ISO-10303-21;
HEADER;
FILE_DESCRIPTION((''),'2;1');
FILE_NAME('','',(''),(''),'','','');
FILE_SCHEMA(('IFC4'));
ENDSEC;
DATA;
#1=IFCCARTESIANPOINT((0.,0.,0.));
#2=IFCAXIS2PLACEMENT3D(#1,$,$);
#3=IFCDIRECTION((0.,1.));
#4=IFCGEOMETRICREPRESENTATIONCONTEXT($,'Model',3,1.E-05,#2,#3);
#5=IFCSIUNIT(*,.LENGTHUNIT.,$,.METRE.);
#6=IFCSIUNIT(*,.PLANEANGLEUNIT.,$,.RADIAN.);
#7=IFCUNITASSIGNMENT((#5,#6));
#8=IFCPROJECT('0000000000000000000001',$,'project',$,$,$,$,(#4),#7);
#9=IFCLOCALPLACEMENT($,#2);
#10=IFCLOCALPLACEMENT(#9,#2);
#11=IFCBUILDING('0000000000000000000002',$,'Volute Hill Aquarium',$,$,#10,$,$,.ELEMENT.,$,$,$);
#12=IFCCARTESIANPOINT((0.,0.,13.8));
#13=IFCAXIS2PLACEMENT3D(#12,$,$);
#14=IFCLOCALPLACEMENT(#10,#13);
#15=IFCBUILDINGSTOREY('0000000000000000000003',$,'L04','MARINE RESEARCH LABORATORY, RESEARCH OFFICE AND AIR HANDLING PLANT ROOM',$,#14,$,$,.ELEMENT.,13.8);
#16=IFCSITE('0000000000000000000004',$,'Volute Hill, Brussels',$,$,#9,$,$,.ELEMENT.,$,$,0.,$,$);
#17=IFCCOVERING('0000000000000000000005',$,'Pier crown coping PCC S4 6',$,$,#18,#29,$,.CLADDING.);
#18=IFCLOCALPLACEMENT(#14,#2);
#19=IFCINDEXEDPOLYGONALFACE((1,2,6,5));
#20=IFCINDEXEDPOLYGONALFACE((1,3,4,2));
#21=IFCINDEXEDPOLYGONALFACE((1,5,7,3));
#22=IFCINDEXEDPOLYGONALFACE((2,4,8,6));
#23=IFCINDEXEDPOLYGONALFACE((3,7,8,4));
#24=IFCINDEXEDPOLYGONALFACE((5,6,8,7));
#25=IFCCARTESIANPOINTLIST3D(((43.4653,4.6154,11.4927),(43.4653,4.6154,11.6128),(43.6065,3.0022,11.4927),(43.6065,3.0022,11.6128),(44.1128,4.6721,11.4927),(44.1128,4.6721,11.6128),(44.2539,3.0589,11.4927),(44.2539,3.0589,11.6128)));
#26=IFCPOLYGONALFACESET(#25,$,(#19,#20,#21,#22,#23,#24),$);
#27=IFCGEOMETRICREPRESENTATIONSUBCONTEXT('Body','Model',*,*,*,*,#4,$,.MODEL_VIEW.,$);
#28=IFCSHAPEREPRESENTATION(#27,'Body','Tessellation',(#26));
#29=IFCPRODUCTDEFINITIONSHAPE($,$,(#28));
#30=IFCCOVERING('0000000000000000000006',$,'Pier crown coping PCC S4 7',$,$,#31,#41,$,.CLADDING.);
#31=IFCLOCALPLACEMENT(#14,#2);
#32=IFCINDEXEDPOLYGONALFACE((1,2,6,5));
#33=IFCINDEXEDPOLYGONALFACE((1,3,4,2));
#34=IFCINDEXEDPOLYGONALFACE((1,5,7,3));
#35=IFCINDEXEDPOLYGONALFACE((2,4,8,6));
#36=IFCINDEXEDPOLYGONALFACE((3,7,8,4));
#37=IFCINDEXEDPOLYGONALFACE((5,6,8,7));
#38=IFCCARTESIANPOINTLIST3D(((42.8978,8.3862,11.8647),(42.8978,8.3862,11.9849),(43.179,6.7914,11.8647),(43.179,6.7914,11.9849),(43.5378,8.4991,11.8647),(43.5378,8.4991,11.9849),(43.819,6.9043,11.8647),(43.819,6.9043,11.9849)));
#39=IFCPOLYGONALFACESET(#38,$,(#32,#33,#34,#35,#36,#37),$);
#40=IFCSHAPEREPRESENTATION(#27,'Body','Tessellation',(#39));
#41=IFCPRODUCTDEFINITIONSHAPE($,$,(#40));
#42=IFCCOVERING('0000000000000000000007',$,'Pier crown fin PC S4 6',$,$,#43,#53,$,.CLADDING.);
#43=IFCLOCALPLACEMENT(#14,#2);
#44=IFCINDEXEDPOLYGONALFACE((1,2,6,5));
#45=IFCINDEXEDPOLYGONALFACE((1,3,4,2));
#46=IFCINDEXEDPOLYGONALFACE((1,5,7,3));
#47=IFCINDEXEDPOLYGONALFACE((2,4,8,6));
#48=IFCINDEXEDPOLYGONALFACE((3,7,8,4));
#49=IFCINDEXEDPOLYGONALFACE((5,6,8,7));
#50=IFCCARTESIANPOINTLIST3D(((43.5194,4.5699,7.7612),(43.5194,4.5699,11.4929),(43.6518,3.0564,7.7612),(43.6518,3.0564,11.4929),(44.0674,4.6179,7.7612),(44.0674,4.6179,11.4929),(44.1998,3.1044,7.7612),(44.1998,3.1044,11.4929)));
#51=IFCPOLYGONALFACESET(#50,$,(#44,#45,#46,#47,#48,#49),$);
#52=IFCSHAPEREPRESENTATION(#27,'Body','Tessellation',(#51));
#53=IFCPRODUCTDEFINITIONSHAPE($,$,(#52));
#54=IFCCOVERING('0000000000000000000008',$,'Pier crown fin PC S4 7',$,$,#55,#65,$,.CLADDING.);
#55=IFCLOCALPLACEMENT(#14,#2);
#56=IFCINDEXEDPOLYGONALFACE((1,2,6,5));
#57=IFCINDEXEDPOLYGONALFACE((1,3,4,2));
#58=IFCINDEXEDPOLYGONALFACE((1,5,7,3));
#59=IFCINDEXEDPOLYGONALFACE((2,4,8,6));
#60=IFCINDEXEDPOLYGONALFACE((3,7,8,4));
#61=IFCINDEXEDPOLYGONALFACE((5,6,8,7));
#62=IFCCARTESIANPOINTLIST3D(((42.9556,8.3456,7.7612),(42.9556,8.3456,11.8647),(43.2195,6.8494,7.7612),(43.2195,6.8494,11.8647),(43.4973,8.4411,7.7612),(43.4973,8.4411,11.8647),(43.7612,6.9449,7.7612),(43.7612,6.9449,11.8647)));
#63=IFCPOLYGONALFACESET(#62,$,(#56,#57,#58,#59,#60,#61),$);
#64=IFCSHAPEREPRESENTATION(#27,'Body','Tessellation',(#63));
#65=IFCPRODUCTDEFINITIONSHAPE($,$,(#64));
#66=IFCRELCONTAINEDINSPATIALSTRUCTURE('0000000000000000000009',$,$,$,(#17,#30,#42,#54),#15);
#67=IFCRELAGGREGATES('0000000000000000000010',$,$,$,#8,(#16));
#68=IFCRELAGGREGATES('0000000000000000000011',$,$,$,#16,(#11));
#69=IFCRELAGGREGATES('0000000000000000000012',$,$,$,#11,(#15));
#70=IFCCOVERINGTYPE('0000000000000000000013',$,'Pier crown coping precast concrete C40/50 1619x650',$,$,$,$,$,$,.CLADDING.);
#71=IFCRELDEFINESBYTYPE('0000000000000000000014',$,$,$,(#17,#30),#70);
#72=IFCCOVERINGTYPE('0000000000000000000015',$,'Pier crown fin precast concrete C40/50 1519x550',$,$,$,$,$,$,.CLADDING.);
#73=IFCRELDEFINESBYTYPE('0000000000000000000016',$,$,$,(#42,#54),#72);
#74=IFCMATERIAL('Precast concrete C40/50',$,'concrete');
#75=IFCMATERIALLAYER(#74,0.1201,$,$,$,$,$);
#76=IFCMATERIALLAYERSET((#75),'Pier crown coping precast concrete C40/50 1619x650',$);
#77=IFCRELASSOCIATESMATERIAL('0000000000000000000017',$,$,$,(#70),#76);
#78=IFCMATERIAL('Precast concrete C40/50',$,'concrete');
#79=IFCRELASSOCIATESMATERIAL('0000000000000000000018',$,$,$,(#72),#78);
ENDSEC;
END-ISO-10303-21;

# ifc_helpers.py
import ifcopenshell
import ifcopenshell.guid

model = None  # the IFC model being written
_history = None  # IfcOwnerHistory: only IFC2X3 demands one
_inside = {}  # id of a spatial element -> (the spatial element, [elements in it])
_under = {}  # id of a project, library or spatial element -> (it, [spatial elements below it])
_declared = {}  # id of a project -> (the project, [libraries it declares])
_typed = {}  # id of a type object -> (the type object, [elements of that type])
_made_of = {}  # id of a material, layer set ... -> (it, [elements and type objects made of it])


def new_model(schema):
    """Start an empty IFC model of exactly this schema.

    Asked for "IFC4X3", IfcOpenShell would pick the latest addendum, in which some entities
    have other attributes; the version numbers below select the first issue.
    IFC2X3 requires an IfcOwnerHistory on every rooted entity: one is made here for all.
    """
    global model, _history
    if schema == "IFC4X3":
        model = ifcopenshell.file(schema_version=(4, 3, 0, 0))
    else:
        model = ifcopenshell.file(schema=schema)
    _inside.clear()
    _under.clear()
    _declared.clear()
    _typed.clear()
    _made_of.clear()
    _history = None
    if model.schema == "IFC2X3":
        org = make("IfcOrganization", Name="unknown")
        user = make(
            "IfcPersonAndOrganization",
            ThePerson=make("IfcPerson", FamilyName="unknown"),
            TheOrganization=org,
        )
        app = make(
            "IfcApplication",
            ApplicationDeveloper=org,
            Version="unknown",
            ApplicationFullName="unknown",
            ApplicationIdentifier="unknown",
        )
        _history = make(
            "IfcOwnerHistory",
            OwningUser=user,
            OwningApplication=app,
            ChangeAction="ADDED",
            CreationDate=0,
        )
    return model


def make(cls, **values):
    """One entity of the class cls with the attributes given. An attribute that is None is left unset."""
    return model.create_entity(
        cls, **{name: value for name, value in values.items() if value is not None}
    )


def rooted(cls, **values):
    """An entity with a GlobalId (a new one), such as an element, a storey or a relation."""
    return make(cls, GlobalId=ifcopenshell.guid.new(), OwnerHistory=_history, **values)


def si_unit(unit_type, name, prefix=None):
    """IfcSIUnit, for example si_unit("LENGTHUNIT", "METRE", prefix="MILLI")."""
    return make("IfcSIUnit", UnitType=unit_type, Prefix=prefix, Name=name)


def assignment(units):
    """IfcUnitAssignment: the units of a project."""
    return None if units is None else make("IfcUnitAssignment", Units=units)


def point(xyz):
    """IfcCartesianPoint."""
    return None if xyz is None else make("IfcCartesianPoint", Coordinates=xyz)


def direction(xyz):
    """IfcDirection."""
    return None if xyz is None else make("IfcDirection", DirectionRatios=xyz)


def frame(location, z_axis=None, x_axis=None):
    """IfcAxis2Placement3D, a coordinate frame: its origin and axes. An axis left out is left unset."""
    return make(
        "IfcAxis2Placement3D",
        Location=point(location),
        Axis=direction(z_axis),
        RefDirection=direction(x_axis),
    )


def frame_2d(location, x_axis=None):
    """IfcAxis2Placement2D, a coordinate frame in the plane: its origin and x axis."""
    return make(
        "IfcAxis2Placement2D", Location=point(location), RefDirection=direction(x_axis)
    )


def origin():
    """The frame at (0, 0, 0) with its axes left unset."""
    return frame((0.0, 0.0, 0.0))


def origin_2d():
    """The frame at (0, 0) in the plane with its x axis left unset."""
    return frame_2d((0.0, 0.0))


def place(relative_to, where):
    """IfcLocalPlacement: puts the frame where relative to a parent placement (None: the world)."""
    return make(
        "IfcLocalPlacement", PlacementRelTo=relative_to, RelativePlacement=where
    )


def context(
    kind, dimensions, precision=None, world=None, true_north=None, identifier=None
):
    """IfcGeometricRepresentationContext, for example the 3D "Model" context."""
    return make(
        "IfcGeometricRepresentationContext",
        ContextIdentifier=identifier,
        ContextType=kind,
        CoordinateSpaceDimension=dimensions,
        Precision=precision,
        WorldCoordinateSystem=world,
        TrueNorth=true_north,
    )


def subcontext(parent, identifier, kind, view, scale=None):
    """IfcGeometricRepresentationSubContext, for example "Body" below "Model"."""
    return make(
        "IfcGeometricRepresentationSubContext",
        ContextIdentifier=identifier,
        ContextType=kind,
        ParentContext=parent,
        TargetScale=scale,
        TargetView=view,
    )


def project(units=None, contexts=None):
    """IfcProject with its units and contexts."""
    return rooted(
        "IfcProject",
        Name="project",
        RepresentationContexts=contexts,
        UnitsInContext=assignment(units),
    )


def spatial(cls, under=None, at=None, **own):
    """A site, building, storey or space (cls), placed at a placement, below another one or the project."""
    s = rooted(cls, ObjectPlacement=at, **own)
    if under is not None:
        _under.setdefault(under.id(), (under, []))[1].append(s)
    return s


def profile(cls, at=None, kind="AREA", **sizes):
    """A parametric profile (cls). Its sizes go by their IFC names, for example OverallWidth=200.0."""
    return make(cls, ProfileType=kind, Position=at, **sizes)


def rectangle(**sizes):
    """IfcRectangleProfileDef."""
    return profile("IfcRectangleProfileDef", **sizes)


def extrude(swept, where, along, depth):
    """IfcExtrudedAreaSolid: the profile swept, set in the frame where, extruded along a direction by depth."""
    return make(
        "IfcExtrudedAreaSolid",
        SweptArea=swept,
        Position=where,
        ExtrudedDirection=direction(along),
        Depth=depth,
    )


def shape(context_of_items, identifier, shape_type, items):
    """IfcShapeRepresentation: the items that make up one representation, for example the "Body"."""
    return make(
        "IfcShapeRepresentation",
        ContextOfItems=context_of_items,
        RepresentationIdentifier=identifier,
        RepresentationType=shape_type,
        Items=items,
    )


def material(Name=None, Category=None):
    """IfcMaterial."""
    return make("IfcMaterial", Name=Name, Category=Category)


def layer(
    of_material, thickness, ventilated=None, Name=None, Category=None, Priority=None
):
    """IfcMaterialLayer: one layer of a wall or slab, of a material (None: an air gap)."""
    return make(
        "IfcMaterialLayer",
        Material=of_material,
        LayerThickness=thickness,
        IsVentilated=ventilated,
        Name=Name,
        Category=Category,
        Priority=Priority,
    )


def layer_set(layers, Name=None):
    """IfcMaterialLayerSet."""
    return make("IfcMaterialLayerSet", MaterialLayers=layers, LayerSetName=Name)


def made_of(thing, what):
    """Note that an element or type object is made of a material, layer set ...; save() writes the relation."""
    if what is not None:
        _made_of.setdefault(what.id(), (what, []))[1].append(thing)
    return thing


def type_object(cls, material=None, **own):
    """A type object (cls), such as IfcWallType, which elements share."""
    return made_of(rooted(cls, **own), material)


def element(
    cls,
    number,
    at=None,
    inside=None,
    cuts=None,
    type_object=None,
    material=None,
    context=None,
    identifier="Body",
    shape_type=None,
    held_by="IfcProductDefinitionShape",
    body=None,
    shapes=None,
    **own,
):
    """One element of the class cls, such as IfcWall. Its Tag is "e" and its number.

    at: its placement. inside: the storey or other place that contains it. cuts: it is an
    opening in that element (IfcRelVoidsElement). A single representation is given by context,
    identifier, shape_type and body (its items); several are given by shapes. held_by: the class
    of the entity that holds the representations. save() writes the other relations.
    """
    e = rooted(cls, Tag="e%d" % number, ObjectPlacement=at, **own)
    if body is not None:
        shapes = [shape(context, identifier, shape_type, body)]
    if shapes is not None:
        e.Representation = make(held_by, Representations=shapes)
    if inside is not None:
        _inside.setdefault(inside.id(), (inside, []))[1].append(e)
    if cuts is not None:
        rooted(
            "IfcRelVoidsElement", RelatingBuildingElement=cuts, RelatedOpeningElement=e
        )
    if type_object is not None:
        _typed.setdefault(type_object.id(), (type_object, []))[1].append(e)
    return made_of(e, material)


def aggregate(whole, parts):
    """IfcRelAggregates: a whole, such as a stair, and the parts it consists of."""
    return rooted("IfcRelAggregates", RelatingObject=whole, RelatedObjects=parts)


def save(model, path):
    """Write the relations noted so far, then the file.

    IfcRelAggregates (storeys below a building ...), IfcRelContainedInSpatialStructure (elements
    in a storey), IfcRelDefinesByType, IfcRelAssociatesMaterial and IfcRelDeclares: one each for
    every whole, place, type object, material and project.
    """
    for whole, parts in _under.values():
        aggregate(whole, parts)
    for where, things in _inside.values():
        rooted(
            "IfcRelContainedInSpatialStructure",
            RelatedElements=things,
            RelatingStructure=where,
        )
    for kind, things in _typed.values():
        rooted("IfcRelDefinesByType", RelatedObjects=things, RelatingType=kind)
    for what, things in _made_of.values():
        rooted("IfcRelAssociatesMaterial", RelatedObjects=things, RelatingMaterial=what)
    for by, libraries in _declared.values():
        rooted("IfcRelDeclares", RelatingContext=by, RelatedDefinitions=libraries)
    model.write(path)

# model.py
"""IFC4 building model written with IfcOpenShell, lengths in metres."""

from ifc_helpers import new_model, si_unit, direction, frame, origin, origin_2d, place, context, subcontext, project, spatial, rectangle, extrude, material, layer, layer_set, type_object, element, save


model = new_model("IFC4")

# Units and contexts
model_context = context("Model", 3, precision=1e-05, world=origin(), true_north=direction((0.0, 1.0)))
body_context = subcontext(model_context, "Body", "Model", "MODEL_VIEW")
ifc_project = project(units=[si_unit("LENGTHUNIT", "METRE"), si_unit("PLANEANGLEUNIT", "RADIAN")], contexts=[model_context])

# Site, building, storey
site_placement = place(None, origin())
site = spatial("IfcSite", under=ifc_project, at=site_placement, Name="Volute Hill, Brussels", CompositionType="ELEMENT", RefElevation=0.0)
building_placement = place(site_placement, origin())
building = spatial("IfcBuilding", under=site, at=building_placement, Name="Volute Hill Aquarium", CompositionType="ELEMENT")
storey_placement = place(building_placement, frame((0.0, 0.0, 13.8)))
storey = spatial("IfcBuildingStorey", under=building, at=storey_placement, Name="L04", Description="MARINE RESEARCH LABORATORY, RESEARCH OFFICE AND AIR HANDLING PLANT ROOM", CompositionType="ELEMENT", Elevation=13.8)

# Coverings
ifc_material_1 = material(Name="Precast concrete C40/50", Category="concrete")
ifc_layer_1 = layer(ifc_material_1, 0.1201)
ifc_layer_set_1 = layer_set([ifc_layer_1], Name="Pier crown coping precast concrete C40/50 1619x650")
covering_type_1 = type_object("IfcCoveringType", Name="Pier crown coping precast concrete C40/50 1619x650", PredefinedType="CLADDING", material=ifc_layer_set_1)
for number, where, z_axis, x_axis, name in (
    (1, (43.8596, 3.8372, 11.4927), (0.0, 0.0, 1.0), (-0.087156, 0.996195, 0.0), "Pier crown coping PCC S4 6"),
    (2, (43.3584, 7.6453, 11.8647), (0.0, 0.0, 1.0), (-0.173648, 0.984808, 0.0), "Pier crown coping PCC S4 7"),
):
    element("IfcCovering", number, at=place(storey_placement, frame(where, z_axis=z_axis, x_axis=x_axis)), inside=storey, type_object=covering_type_1, Name=name, PredefinedType="CLADDING", context=body_context, shape_type="SweptSolid", body=[
        extrude(rectangle(XDim=1.6194, YDim=0.6499, at=origin_2d()), origin(), (0.0, 0.0, 1.0), 0.1201),
    ])
ifc_material_2 = material(Name="Precast concrete C40/50", Category="concrete")
covering_type_2 = type_object("IfcCoveringType", Name="Pier crown fin precast concrete C40/50 1519x550", PredefinedType="CLADDING", material=ifc_material_2)
covering_1_placement = place(storey_placement, frame((43.8596, 3.8372, 7.7612), z_axis=(0.0, 0.0, 1.0), x_axis=(-0.087156, 0.996195, 0.0)))
element("IfcCovering", 3, at=covering_1_placement, inside=storey, type_object=covering_type_2, Name="Pier crown fin PC S4 6", PredefinedType="CLADDING", context=body_context, shape_type="SweptSolid", body=[
    extrude(rectangle(XDim=1.5193, YDim=0.55, at=origin_2d()), origin(), (0.0, 0.0, 1.0), 3.7317),
])
covering_2_placement = place(storey_placement, frame((43.3584, 7.6453, 7.7612), z_axis=(0.0, 0.0, 1.0), x_axis=(-0.173648, 0.984808, 0.0)))
element("IfcCovering", 4, at=covering_2_placement, inside=storey, type_object=covering_type_2, Name="Pier crown fin PC S4 7", PredefinedType="CLADDING", context=body_context, shape_type="SweptSolid", body=[
    extrude(rectangle(XDim=1.5193, YDim=0.55, at=origin_2d()), origin(), (0.0, 0.0, 1.0), 4.1035),
])

save(model, "model.ifc")
